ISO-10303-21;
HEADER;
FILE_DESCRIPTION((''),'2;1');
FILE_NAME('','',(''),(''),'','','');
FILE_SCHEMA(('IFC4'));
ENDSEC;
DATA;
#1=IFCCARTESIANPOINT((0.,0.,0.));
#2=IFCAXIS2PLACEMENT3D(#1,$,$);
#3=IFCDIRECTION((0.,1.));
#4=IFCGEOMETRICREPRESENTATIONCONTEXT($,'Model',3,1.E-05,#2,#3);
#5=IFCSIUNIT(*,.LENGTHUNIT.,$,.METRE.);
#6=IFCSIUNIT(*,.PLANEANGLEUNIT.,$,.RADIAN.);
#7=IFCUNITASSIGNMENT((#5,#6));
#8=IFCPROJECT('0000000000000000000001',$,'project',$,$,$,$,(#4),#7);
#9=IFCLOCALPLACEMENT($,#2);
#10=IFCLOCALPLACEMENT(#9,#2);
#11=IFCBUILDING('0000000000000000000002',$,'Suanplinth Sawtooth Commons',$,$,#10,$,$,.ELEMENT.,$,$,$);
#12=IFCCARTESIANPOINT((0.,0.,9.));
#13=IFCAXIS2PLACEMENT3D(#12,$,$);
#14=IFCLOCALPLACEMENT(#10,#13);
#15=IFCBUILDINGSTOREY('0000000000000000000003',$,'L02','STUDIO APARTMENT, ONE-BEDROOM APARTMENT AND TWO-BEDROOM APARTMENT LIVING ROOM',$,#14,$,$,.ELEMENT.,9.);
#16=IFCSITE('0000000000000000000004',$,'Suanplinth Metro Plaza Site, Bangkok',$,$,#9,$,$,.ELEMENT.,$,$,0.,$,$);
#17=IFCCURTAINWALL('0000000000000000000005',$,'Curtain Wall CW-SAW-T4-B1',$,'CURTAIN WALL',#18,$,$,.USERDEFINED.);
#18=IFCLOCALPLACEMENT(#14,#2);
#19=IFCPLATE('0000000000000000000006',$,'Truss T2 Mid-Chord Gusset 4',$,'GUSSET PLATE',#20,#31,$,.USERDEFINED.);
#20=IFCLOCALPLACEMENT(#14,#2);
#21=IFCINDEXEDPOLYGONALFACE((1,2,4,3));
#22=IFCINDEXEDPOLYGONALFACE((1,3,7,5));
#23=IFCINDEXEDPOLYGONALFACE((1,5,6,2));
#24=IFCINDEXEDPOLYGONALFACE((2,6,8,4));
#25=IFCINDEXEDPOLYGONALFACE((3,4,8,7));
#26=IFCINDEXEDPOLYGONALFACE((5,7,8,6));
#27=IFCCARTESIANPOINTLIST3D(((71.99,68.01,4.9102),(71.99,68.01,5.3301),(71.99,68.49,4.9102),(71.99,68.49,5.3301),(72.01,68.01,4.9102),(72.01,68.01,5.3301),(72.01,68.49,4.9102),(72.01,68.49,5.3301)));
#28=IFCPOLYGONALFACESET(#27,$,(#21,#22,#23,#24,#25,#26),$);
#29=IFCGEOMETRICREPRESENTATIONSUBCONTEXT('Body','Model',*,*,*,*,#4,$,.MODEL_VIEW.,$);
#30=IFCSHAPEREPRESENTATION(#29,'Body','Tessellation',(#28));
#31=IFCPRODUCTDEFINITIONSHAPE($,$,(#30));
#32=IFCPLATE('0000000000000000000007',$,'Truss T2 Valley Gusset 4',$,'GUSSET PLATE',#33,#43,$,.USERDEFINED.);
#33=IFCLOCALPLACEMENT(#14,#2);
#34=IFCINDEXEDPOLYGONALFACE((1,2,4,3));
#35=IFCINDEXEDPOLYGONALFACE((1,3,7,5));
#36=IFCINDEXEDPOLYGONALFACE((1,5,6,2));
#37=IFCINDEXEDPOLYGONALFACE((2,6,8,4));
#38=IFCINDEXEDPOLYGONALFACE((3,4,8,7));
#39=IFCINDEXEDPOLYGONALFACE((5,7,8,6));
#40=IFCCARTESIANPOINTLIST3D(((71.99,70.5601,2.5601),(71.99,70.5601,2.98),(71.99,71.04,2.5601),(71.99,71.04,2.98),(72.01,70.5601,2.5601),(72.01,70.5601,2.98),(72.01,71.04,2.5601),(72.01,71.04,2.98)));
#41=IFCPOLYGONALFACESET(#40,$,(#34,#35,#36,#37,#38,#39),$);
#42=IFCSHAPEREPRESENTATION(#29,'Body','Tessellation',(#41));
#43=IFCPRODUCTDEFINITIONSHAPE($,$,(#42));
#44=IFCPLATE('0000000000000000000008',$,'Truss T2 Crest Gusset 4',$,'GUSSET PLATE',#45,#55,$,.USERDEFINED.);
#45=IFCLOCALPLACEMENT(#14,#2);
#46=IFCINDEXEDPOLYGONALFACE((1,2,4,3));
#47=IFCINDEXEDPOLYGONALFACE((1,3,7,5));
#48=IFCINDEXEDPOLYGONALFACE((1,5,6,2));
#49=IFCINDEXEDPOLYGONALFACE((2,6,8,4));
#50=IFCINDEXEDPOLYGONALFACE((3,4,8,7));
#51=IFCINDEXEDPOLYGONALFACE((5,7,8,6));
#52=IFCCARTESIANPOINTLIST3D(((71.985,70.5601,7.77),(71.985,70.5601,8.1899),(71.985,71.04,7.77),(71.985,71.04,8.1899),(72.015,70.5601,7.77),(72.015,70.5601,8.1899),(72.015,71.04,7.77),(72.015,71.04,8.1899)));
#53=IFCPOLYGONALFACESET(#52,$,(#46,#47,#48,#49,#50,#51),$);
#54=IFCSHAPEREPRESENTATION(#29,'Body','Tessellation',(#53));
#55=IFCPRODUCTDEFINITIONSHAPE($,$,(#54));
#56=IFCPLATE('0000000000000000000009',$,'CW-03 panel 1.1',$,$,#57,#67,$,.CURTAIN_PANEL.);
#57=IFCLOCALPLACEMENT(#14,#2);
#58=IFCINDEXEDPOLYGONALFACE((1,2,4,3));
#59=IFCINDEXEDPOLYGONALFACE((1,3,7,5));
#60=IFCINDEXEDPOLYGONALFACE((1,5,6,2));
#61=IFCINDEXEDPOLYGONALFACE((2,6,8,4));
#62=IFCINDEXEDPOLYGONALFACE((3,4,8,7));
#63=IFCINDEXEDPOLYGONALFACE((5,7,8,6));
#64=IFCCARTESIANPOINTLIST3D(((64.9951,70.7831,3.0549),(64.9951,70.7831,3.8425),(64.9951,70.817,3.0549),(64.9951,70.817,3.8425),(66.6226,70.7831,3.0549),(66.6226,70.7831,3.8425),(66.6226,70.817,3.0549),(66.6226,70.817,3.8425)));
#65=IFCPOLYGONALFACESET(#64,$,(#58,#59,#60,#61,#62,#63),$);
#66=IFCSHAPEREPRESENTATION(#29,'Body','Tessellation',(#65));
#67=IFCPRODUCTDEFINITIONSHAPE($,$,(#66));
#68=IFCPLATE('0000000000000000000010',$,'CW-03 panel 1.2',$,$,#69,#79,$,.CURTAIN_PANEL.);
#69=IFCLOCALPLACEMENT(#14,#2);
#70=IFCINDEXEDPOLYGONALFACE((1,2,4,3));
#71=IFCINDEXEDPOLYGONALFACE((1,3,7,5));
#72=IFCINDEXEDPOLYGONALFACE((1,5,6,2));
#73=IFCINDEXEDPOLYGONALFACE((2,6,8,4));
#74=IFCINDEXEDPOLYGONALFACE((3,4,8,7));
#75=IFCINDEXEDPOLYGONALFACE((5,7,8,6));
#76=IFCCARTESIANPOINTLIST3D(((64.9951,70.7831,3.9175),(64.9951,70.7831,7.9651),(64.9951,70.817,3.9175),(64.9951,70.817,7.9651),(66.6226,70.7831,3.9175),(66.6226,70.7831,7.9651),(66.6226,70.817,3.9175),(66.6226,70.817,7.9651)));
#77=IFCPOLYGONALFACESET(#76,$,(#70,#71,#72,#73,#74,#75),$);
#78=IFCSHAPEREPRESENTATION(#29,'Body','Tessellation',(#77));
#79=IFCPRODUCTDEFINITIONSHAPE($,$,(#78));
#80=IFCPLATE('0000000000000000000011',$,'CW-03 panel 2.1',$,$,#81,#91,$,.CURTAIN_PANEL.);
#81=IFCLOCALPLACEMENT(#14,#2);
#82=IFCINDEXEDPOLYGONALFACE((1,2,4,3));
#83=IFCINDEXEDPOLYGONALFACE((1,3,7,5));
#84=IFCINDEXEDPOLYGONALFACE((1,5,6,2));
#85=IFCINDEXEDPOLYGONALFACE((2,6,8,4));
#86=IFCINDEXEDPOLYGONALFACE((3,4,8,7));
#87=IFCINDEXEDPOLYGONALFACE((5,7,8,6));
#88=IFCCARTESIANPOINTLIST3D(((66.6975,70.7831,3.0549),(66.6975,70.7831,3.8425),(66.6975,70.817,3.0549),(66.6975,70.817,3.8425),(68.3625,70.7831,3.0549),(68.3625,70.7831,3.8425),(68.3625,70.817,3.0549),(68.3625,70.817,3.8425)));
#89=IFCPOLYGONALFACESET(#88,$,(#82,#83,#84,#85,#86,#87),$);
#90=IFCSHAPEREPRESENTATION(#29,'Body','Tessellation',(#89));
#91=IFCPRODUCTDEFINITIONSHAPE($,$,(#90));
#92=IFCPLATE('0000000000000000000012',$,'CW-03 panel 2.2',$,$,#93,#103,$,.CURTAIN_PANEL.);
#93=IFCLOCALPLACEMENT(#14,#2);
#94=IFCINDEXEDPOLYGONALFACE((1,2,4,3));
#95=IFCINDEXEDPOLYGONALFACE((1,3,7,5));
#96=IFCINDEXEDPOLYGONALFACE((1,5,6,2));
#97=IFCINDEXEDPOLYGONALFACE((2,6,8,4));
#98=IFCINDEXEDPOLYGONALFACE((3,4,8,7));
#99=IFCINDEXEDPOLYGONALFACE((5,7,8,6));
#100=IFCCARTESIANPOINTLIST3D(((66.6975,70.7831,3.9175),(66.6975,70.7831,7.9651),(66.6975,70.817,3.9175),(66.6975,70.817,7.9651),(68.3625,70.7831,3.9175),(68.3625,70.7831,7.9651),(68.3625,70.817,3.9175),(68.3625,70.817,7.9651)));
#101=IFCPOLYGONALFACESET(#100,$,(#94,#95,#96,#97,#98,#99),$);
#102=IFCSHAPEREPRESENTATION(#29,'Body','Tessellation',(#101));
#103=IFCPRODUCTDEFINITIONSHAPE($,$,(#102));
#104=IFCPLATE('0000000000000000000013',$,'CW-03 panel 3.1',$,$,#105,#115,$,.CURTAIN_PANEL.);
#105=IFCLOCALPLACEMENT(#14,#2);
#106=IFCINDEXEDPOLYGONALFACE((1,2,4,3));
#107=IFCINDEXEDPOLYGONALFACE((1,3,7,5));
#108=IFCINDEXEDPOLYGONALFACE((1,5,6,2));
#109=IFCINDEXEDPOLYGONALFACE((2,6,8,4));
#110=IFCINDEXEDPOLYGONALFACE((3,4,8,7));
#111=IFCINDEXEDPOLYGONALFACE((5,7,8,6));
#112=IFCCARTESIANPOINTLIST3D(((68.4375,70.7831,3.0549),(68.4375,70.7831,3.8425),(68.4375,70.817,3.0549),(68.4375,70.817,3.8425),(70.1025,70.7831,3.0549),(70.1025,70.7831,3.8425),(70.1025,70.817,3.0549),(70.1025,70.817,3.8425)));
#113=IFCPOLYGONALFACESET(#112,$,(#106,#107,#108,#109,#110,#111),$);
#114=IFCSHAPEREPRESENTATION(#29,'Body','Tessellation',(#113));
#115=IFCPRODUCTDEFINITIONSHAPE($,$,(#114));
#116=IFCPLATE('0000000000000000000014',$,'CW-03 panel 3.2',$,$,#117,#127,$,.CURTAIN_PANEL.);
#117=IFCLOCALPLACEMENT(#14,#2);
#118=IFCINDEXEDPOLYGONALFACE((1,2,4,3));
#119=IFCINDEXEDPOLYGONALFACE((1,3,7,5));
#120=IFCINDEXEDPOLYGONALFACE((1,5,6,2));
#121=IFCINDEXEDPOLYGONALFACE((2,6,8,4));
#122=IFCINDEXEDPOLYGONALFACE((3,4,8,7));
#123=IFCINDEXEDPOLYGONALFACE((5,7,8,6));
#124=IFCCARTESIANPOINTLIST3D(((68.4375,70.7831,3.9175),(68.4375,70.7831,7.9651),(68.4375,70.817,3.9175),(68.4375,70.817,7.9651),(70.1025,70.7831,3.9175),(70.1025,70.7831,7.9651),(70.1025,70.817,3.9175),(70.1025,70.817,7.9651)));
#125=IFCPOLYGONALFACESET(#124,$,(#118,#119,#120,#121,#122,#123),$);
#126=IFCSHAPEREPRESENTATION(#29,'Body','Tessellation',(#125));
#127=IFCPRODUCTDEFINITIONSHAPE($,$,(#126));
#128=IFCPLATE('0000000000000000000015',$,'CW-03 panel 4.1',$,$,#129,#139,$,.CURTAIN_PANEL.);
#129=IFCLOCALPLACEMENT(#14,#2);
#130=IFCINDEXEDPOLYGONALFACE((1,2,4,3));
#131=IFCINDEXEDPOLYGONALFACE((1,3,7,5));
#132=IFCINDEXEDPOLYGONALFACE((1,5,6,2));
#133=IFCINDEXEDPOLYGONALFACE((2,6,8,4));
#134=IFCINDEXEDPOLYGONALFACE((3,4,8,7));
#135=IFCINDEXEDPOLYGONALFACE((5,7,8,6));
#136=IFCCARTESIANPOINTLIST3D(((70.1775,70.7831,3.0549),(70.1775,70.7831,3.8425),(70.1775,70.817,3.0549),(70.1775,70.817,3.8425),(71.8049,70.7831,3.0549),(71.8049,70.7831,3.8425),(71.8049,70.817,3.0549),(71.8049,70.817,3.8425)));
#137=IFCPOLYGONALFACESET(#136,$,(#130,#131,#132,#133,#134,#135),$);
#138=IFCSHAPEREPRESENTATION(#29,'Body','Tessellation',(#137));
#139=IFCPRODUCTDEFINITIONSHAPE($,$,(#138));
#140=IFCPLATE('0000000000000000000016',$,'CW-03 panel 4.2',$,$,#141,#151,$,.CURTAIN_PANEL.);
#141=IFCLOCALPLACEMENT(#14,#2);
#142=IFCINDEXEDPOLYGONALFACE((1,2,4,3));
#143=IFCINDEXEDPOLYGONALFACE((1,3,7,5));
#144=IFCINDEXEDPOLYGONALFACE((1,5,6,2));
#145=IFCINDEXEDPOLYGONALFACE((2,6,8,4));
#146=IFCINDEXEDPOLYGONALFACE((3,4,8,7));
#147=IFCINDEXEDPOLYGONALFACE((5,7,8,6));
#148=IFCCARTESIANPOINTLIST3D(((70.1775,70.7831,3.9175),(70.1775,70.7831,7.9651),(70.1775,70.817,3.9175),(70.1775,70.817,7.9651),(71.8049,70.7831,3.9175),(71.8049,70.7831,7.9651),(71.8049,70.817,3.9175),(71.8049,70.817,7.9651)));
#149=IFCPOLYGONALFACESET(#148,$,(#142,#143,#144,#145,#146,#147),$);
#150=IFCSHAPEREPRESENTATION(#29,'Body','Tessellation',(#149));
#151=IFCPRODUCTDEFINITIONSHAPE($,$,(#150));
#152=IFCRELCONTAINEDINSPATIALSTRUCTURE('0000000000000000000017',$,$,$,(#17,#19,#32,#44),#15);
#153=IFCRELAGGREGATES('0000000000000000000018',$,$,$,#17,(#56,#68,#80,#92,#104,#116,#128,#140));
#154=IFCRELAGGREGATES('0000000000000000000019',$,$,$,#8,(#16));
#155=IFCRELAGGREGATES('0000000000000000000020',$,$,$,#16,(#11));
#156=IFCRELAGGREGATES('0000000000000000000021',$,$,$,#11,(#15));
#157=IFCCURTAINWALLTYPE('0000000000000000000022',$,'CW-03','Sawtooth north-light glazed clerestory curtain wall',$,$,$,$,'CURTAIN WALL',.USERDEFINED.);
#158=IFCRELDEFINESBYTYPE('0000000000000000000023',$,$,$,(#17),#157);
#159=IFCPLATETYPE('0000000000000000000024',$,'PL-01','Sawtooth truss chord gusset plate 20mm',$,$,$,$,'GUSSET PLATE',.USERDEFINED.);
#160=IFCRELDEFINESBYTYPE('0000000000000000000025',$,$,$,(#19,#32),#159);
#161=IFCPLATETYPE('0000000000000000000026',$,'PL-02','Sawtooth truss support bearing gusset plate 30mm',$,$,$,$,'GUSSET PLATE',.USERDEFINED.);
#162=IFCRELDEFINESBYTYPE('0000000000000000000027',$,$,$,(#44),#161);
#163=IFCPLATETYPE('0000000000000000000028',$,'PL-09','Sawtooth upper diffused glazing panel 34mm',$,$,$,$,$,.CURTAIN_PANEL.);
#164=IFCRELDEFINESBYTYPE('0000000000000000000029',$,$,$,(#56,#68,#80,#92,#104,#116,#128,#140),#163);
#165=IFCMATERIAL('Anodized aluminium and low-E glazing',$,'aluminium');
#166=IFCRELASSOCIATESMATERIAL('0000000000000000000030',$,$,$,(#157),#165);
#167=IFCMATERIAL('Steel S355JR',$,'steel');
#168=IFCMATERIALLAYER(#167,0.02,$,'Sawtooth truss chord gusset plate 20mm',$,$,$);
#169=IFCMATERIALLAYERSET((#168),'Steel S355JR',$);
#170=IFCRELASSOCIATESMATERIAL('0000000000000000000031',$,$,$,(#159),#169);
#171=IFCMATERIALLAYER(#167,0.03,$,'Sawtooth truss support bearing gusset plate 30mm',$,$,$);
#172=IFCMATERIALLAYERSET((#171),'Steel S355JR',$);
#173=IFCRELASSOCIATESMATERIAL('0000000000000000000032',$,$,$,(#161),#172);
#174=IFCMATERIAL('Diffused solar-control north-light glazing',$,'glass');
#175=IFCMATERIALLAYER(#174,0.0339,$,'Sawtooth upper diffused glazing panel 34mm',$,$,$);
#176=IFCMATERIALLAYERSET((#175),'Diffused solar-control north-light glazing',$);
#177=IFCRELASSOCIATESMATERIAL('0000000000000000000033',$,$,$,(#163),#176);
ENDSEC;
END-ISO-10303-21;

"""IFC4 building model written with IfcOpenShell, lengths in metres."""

from ifc_helpers import new_model, si_unit, direction, frame, origin, origin_2d, place, context, subcontext, project, spatial, rectangle, extrude, material, layer, layer_set, type_object, element, aggregate, save


model = new_model("IFC4")

# Units and contexts
model_context = context("Model", 3, precision=1e-05, world=origin(), true_north=direction((0.0, 1.0)))
body_context = subcontext(model_context, "Body", "Model", "MODEL_VIEW")
ifc_project = project(units=[si_unit("LENGTHUNIT", "METRE"), si_unit("PLANEANGLEUNIT", "RADIAN")], contexts=[model_context])

# Site, building, storey
site_placement = place(None, origin())
site = spatial("IfcSite", under=ifc_project, at=site_placement, Name="Suanplinth Metro Plaza Site, Bangkok", CompositionType="ELEMENT", RefElevation=0.0)
building_placement = place(site_placement, origin())
building = spatial("IfcBuilding", under=site, at=building_placement, Name="Suanplinth Sawtooth Commons", CompositionType="ELEMENT")
storey_placement = place(building_placement, frame((0.0, 0.0, 9.0)))
storey = spatial("IfcBuildingStorey", under=building, at=storey_placement, Name="L02", Description="STUDIO APARTMENT, ONE-BEDROOM APARTMENT AND TWO-BEDROOM APARTMENT LIVING ROOM", CompositionType="ELEMENT", Elevation=9.0)

# Shared definitions
ifc_material_1 = material(Name="Steel S355JR", Category="steel")

# Curtain wall
ifc_material_2 = material(Name="Anodized aluminium and low-E glazing", Category="aluminium")
curtain_wall_type = type_object("IfcCurtainWallType", Name="CW-03", Description="Sawtooth north-light glazed clerestory curtain wall", ElementType="CURTAIN WALL", PredefinedType="USERDEFINED", material=ifc_material_2)
curtain_wall_placement = place(storey_placement, origin())
curtain_wall = element("IfcCurtainWall", 1, at=curtain_wall_placement, inside=storey, type_object=curtain_wall_type, Name="Curtain Wall CW-SAW-T4-B1", ObjectType="CURTAIN WALL", PredefinedType="USERDEFINED")

# Plates
ifc_layer_1 = layer(ifc_material_1, 0.02, Name="Sawtooth truss chord gusset plate 20mm")
ifc_layer_set_1 = layer_set([ifc_layer_1], Name="Steel S355JR")
plate_type_1 = type_object("IfcPlateType", Name="PL-01", Description="Sawtooth truss chord gusset plate 20mm", ElementType="GUSSET PLATE", PredefinedType="USERDEFINED", material=ifc_layer_set_1)
for number, where, z_axis, x_axis, name in (
    (2, (72.0, 68.25, 4.9102), (0.0, 0.0, 1.0), (1.0, 0.0, 0.0), "Truss T2 Mid-Chord Gusset 4"),
    (3, (72.0, 70.8, 2.5601), (0.0, 0.0, 1.0), (1.0, 0.0, 0.0), "Truss T2 Valley Gusset 4"),
):
    element("IfcPlate", number, at=place(storey_placement, frame(where, z_axis=z_axis, x_axis=x_axis)), inside=storey, type_object=plate_type_1, Name=name, ObjectType="GUSSET PLATE", PredefinedType="USERDEFINED", context=body_context, shape_type="SweptSolid", body=[
        extrude(rectangle(XDim=0.02, YDim=0.48, at=origin_2d()), origin(), (0.0, 0.0, 1.0), 0.4199),
    ])
ifc_layer_2 = layer(ifc_material_1, 0.03, Name="Sawtooth truss support bearing gusset plate 30mm")
ifc_layer_set_2 = layer_set([ifc_layer_2], Name="Steel S355JR")
plate_type_2 = type_object("IfcPlateType", Name="PL-02", Description="Sawtooth truss support bearing gusset plate 30mm", ElementType="GUSSET PLATE", PredefinedType="USERDEFINED", material=ifc_layer_set_2)
plate_1_placement = place(storey_placement, frame((72.0, 70.8, 7.77), z_axis=(0.0, 0.0, 1.0), x_axis=(1.0, 0.0, 0.0)))
element("IfcPlate", 4, at=plate_1_placement, inside=storey, type_object=plate_type_2, Name="Truss T2 Crest Gusset 4", ObjectType="GUSSET PLATE", PredefinedType="USERDEFINED", context=body_context, shape_type="SweptSolid", body=[
    extrude(rectangle(XDim=0.03, YDim=0.48, at=origin_2d()), origin(), (0.0, 0.0, 1.0), 0.4199),
])

# Plates
ifc_material_3 = material(Name="Diffused solar-control north-light glazing", Category="glass")
ifc_layer_3 = layer(ifc_material_3, 0.0339, Name="Sawtooth upper diffused glazing panel 34mm")
ifc_layer_set_3 = layer_set([ifc_layer_3], Name="Diffused solar-control north-light glazing")
plate_type_3 = type_object("IfcPlateType", Name="PL-09", Description="Sawtooth upper diffused glazing panel 34mm", PredefinedType="CURTAIN_PANEL", material=ifc_layer_set_3)
plate_2_placement = place(storey_placement, frame((65.8088, 70.8, 3.0549), z_axis=(0.0, 0.0, 1.0), x_axis=(1.0, 0.0, 0.0)))
plate_2 = element("IfcPlate", 5, at=plate_2_placement, type_object=plate_type_3, Name="CW-03 panel 1.1", PredefinedType="CURTAIN_PANEL", context=body_context, shape_type="SweptSolid", body=[
    extrude(rectangle(XDim=1.6274, YDim=0.0339, at=origin_2d()), origin(), (0.0, 0.0, 1.0), 0.7876),
])
plate_3_placement = place(storey_placement, frame((65.8088, 70.8, 3.9175), z_axis=(0.0, 0.0, 1.0), x_axis=(1.0, 0.0, 0.0)))
plate_3 = element("IfcPlate", 6, at=plate_3_placement, type_object=plate_type_3, Name="CW-03 panel 1.2", PredefinedType="CURTAIN_PANEL", context=body_context, shape_type="SweptSolid", body=[
    extrude(rectangle(XDim=1.6274, YDim=0.0339, at=origin_2d()), origin(), (0.0, 0.0, 1.0), 4.0476),
])
plate_4_placement = place(storey_placement, frame((67.53, 70.8, 3.0549), z_axis=(0.0, 0.0, 1.0), x_axis=(1.0, 0.0, 0.0)))
plate_4 = element("IfcPlate", 7, at=plate_4_placement, type_object=plate_type_3, Name="CW-03 panel 2.1", PredefinedType="CURTAIN_PANEL", context=body_context, shape_type="SweptSolid", body=[
    extrude(rectangle(XDim=1.665, YDim=0.0339, at=origin_2d()), origin(), (0.0, 0.0, 1.0), 0.7876),
])
plate_5_placement = place(storey_placement, frame((67.53, 70.8, 3.9175), z_axis=(0.0, 0.0, 1.0), x_axis=(1.0, 0.0, 0.0)))
plate_5 = element("IfcPlate", 8, at=plate_5_placement, type_object=plate_type_3, Name="CW-03 panel 2.2", PredefinedType="CURTAIN_PANEL", context=body_context, shape_type="SweptSolid", body=[
    extrude(rectangle(XDim=1.665, YDim=0.0339, at=origin_2d()), origin(), (0.0, 0.0, 1.0), 4.0476),
])
plate_6_placement = place(storey_placement, frame((69.27, 70.8, 3.0549), z_axis=(0.0, 0.0, 1.0), x_axis=(1.0, 0.0, 0.0)))
plate_6 = element("IfcPlate", 9, at=plate_6_placement, type_object=plate_type_3, Name="CW-03 panel 3.1", PredefinedType="CURTAIN_PANEL", context=body_context, shape_type="SweptSolid", body=[
    extrude(rectangle(XDim=1.665, YDim=0.0339, at=origin_2d()), origin(), (0.0, 0.0, 1.0), 0.7876),
])
plate_7_placement = place(storey_placement, frame((69.27, 70.8, 3.9175), z_axis=(0.0, 0.0, 1.0), x_axis=(1.0, 0.0, 0.0)))
plate_7 = element("IfcPlate", 10, at=plate_7_placement, type_object=plate_type_3, Name="CW-03 panel 3.2", PredefinedType="CURTAIN_PANEL", context=body_context, shape_type="SweptSolid", body=[
    extrude(rectangle(XDim=1.665, YDim=0.0339, at=origin_2d()), origin(), (0.0, 0.0, 1.0), 4.0476),
])
plate_8_placement = place(storey_placement, frame((70.9912, 70.8, 3.0549), z_axis=(0.0, 0.0, 1.0), x_axis=(1.0, 0.0, 0.0)))
plate_8 = element("IfcPlate", 11, at=plate_8_placement, type_object=plate_type_3, Name="CW-03 panel 4.1", PredefinedType="CURTAIN_PANEL", context=body_context, shape_type="SweptSolid", body=[
    extrude(rectangle(XDim=1.6274, YDim=0.0339, at=origin_2d()), origin(), (0.0, 0.0, 1.0), 0.7876),
])
plate_9_placement = place(storey_placement, frame((70.9912, 70.8, 3.9175), z_axis=(0.0, 0.0, 1.0), x_axis=(1.0, 0.0, 0.0)))
plate_9 = element("IfcPlate", 12, at=plate_9_placement, type_object=plate_type_3, Name="CW-03 panel 4.2", PredefinedType="CURTAIN_PANEL", context=body_context, shape_type="SweptSolid", body=[
    extrude(rectangle(XDim=1.6274, YDim=0.0339, at=origin_2d()), origin(), (0.0, 0.0, 1.0), 4.0476),
])
aggregate(curtain_wall, [plate_2, plate_3, plate_4, plate_5, plate_6, plate_7, plate_8, plate_9])

save(model, "model.ifc")
